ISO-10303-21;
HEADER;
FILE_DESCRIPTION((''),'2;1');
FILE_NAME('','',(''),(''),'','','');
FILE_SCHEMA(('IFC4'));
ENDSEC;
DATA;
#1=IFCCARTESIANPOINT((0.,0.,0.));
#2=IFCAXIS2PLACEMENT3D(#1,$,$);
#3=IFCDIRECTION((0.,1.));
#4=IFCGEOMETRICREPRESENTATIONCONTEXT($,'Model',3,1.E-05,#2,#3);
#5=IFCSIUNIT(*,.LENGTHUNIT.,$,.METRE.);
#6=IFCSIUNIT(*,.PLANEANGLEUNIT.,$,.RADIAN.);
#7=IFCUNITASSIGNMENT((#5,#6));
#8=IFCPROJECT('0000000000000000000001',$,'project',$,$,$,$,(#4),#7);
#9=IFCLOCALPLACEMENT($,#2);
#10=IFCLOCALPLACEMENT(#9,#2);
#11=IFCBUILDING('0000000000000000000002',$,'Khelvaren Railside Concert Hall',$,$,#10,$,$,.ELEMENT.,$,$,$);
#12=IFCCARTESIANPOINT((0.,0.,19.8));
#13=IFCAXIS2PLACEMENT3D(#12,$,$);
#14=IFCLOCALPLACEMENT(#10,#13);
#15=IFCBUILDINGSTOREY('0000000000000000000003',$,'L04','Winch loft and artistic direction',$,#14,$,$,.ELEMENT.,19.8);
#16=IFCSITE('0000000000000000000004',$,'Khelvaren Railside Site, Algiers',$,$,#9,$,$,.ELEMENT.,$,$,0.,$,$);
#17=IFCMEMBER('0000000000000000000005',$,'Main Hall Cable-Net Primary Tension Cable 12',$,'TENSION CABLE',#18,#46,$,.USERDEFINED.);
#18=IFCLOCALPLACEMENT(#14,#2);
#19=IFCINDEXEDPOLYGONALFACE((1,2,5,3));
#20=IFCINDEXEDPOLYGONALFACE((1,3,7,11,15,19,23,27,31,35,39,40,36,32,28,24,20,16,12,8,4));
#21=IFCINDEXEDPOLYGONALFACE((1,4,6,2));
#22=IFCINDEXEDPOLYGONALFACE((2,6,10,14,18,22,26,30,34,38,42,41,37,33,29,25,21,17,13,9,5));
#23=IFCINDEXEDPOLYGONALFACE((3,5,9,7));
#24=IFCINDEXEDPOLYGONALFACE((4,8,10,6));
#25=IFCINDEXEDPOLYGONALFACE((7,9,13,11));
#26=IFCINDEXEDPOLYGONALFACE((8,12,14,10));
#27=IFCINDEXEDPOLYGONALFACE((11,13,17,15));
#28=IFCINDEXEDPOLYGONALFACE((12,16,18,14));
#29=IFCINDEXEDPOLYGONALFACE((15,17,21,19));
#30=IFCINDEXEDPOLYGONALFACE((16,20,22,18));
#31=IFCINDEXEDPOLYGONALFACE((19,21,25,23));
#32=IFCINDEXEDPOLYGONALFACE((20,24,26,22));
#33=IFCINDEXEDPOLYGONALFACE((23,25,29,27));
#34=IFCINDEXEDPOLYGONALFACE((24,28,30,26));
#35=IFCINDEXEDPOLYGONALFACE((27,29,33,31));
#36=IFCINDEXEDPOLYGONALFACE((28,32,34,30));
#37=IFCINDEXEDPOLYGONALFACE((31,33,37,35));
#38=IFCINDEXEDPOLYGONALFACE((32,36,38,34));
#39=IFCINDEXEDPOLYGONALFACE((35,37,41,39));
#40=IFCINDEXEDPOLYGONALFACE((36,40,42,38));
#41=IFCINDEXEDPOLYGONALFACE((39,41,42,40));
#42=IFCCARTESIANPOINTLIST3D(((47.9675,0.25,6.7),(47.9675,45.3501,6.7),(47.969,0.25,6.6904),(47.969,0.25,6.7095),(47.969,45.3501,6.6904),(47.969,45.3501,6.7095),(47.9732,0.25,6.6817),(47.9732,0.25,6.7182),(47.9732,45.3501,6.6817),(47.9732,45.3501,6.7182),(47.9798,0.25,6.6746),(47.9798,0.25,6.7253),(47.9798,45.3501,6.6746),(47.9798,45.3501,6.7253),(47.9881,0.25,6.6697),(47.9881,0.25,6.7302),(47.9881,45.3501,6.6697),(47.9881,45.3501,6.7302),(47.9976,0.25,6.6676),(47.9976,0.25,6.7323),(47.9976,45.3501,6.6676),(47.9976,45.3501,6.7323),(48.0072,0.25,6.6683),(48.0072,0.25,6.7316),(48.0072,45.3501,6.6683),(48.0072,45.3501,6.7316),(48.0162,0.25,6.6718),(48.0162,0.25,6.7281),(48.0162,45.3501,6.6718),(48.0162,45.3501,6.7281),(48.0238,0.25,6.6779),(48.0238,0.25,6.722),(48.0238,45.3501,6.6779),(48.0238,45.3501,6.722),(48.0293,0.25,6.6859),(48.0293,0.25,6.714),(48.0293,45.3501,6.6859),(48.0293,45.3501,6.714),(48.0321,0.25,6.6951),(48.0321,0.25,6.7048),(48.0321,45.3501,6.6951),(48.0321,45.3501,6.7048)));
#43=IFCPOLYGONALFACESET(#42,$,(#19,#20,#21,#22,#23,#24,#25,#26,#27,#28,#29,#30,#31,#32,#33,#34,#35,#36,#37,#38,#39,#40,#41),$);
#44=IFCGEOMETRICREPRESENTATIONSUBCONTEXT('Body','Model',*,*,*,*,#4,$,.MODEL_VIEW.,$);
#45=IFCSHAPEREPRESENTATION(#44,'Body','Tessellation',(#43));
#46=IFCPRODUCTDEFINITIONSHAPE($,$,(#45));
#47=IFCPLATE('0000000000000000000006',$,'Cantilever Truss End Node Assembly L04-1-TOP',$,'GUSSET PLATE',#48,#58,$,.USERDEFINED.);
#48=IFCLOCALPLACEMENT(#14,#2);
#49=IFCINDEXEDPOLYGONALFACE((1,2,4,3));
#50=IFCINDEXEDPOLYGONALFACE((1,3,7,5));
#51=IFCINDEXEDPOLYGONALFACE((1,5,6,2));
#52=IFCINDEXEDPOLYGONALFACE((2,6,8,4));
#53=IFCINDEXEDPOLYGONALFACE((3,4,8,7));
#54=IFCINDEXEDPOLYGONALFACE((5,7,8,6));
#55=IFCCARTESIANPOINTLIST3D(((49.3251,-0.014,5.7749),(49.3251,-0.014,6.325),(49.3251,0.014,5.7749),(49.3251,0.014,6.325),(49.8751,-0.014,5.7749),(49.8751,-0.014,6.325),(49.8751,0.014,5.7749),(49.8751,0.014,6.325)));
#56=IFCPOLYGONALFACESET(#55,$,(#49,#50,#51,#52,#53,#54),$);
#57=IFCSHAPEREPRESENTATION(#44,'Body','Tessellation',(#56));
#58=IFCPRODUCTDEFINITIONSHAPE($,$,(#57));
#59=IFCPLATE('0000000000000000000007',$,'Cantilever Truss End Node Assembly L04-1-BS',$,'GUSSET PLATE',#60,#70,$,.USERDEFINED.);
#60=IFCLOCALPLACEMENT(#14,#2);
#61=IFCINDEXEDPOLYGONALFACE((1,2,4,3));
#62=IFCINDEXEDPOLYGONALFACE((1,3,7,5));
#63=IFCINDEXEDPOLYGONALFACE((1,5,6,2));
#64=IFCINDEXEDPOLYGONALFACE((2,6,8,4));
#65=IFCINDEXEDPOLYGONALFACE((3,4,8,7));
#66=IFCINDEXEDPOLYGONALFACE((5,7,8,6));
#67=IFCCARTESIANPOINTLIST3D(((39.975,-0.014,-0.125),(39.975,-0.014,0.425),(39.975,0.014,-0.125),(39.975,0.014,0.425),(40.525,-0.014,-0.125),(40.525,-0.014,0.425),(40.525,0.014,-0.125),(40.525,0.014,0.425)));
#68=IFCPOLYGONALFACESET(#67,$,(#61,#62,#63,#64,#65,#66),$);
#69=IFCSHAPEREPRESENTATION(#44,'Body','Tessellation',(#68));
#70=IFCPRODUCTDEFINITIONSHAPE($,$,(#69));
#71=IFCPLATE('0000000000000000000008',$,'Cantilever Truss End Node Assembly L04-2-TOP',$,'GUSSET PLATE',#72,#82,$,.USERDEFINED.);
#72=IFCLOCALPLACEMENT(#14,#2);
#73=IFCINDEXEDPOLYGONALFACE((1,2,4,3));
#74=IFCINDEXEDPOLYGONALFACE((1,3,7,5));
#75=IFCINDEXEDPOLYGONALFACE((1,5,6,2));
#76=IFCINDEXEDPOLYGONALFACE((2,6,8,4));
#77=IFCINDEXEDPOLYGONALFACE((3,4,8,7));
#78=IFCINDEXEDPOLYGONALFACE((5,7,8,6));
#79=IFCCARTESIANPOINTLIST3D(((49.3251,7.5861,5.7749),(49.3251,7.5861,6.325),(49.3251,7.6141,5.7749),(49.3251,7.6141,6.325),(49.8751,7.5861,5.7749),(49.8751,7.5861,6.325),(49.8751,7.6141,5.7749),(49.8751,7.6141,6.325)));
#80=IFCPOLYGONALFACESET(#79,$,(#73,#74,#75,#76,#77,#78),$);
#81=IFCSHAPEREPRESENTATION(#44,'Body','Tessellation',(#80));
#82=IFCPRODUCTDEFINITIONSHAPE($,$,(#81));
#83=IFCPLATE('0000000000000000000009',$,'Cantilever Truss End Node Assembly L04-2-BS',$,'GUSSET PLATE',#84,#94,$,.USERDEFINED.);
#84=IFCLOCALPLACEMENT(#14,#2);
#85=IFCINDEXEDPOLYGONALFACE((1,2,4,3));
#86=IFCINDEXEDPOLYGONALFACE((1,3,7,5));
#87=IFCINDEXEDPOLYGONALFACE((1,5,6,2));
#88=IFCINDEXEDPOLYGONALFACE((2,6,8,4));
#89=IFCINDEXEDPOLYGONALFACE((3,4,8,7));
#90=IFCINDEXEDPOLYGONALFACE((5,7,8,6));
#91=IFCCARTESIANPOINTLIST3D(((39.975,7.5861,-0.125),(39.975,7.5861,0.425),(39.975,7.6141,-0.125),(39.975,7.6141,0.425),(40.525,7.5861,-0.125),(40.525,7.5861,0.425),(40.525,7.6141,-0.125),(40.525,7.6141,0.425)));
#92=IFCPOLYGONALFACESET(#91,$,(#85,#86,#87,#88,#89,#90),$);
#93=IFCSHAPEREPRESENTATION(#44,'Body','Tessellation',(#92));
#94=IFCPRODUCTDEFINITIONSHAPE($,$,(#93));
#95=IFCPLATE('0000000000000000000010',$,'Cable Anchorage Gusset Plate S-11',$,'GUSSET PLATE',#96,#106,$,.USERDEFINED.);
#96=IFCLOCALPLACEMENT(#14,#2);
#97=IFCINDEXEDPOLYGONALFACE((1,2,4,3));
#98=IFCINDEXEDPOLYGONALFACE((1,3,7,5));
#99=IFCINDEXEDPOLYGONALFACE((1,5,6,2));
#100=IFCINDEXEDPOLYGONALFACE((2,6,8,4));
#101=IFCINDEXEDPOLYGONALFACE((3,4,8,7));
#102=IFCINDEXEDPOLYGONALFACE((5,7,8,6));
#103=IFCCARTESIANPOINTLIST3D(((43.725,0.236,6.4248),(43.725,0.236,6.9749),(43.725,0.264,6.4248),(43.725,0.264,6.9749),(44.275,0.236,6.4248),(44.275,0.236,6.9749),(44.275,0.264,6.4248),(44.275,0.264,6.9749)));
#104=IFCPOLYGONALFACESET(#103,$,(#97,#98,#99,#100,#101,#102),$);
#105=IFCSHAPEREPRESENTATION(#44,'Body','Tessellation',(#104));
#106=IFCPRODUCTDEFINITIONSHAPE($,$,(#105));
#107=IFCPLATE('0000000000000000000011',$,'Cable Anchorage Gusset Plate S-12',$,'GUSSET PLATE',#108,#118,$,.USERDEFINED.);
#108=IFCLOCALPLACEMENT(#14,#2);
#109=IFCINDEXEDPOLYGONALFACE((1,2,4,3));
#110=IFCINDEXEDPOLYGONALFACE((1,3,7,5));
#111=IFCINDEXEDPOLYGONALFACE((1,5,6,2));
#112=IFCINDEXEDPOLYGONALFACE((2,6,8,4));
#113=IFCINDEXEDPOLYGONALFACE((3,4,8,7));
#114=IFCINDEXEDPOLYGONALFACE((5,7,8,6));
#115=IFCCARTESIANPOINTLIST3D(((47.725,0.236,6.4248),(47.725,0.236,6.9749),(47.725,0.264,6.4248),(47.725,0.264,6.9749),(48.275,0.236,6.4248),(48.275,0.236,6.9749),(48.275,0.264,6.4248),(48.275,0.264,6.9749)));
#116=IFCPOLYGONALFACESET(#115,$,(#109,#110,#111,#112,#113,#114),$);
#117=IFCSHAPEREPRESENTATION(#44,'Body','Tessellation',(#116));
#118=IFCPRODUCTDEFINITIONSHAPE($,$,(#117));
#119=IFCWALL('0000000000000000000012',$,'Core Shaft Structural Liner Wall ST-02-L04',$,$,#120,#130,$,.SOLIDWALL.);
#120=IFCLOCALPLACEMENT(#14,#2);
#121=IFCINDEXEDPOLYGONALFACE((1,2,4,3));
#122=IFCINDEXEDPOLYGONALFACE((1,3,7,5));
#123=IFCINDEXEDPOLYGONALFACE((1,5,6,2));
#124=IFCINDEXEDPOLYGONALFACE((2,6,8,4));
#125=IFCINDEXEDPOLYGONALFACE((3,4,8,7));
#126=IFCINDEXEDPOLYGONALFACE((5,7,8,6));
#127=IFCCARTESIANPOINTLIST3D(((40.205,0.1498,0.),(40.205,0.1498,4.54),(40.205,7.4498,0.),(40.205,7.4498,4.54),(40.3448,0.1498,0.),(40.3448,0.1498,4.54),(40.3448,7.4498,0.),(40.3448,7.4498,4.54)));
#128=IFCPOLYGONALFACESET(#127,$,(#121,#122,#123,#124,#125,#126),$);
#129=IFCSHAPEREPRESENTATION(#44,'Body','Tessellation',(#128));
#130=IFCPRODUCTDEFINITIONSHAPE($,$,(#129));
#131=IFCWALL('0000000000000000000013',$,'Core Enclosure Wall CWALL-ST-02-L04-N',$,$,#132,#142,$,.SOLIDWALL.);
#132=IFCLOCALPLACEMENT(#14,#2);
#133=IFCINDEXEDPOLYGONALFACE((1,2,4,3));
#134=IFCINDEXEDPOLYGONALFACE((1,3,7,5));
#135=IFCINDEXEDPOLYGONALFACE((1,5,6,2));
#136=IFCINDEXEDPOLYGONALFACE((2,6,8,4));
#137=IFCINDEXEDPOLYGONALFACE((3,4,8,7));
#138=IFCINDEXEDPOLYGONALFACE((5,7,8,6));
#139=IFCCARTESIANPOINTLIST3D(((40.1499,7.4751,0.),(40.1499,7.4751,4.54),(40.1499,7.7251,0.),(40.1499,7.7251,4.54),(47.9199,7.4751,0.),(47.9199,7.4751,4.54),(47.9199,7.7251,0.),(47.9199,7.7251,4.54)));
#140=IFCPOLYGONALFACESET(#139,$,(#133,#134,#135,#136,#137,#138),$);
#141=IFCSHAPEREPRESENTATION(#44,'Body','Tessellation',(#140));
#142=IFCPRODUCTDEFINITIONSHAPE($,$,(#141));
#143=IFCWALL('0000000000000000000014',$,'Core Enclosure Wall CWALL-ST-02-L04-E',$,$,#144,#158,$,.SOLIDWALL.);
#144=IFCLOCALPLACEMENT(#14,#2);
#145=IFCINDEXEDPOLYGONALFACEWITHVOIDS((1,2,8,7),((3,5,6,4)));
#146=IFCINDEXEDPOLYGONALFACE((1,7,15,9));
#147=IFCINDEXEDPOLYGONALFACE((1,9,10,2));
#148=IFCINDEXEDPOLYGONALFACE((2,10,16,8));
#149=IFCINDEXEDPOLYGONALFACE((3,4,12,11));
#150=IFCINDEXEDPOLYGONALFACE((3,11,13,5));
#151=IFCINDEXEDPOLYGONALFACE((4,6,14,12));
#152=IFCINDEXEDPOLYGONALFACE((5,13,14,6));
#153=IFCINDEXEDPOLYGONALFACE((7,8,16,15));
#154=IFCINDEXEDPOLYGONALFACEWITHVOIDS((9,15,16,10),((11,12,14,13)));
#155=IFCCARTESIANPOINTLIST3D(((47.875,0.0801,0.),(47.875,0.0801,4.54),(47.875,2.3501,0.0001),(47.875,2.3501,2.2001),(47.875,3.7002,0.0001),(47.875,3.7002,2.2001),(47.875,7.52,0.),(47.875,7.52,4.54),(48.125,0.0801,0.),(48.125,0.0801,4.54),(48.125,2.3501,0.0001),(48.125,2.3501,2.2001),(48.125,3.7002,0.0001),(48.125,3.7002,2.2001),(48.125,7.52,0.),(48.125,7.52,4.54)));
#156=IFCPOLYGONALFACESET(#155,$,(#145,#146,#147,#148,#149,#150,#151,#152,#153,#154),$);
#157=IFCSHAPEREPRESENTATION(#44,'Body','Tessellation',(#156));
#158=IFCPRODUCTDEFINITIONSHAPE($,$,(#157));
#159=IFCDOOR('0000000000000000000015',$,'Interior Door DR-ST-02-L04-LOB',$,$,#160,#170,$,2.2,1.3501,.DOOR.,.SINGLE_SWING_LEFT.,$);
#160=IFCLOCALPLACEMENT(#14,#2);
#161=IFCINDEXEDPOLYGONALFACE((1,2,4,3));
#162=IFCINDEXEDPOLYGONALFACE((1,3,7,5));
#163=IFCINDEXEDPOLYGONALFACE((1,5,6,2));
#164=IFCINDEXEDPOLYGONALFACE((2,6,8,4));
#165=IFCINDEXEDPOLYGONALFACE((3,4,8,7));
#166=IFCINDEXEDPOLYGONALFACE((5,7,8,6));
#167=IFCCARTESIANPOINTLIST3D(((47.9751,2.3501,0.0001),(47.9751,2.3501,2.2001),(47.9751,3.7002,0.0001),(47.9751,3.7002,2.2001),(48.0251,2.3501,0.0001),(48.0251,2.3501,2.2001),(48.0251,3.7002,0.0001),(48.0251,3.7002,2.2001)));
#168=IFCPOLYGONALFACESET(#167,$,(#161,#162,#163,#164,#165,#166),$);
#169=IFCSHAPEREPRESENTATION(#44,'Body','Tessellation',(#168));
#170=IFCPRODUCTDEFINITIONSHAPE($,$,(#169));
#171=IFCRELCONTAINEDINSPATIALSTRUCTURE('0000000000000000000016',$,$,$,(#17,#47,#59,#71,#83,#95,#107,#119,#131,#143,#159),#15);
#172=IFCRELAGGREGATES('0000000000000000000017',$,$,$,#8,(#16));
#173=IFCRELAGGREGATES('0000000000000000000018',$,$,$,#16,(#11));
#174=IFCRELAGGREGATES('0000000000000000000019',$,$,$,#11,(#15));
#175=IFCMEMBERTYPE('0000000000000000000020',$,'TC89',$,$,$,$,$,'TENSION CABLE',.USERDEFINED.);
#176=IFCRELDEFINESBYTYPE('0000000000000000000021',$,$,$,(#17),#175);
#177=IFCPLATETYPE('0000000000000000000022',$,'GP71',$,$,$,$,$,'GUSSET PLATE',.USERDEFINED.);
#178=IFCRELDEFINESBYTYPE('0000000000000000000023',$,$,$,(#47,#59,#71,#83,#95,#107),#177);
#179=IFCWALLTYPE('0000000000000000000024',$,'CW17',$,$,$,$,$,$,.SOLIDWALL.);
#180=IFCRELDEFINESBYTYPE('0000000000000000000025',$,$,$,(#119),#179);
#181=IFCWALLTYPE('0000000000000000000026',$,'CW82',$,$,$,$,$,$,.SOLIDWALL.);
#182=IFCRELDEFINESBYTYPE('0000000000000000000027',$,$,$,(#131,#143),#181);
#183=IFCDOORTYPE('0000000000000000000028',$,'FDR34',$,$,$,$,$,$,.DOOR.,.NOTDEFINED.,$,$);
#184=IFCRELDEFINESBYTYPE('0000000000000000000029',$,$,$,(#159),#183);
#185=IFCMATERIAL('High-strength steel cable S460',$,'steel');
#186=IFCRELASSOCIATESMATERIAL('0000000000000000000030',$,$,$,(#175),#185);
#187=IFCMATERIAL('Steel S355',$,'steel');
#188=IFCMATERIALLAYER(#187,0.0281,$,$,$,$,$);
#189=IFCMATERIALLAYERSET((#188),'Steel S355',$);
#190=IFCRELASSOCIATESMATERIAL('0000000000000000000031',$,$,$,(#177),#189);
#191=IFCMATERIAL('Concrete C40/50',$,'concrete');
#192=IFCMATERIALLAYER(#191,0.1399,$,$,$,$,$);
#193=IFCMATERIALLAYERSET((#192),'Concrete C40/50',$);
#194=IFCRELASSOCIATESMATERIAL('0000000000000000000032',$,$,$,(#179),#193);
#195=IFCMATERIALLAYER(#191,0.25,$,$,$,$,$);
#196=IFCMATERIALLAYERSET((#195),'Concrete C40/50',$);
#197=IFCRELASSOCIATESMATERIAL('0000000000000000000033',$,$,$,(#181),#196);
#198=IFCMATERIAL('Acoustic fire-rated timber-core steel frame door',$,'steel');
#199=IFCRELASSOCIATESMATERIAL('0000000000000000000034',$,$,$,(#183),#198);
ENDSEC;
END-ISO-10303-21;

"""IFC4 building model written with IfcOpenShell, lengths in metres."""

from ifc_helpers import new_model, si_unit, direction, frame, frame_2d, origin, origin_2d, place, context, subcontext, project, spatial, rectangle, circle, extrude, material, layer, layer_set, material_profile, profile_set, type_object, element, fill, save


model = new_model("IFC4")

# Units and contexts
model_context = context("Model", 3, precision=1e-05, world=origin(), true_north=direction((0.0, 1.0)))
body_context = subcontext(model_context, "Body", "Model", "MODEL_VIEW")
ifc_project = project(units=[si_unit("LENGTHUNIT", "METRE"), si_unit("PLANEANGLEUNIT", "RADIAN")], contexts=[model_context])

# Site, building, storey
site_placement = place(None, origin())
site = spatial("IfcSite", under=ifc_project, at=site_placement, Name="Khelvaren Railside Site, Algiers", CompositionType="ELEMENT", RefElevation=0.0)
building_placement = place(site_placement, origin())
building = spatial("IfcBuilding", under=site, at=building_placement, Name="Khelvaren Railside Concert Hall", CompositionType="ELEMENT")
storey_placement = place(building_placement, frame((0.0, 0.0, 19.8)))
storey = spatial("IfcBuildingStorey", under=building, at=storey_placement, Name="L04", Description="Winch loft and artistic direction", CompositionType="ELEMENT", Elevation=19.8)

# Shared definitions
ifc_material_1 = material(Name="Steel S355", Category="steel")

# Shared definitions
ifc_material_2 = material(Name="Concrete C40/50", Category="concrete")

# Member
ifc_material_3 = material(Name="High-strength steel cable S460", Category="steel")
ifc_material_profile_1 = material_profile(ifc_material_3, circle(Radius=0.0325, at=origin_2d()), Name="LCB D65")
ifc_profile_set_1 = profile_set([ifc_material_profile_1], Name="High-strength steel cable S460")
member_type_1 = type_object("IfcMemberType", Name="TC89", ElementType="TENSION CABLE", PredefinedType="USERDEFINED", material=ifc_profile_set_1)
member_1_placement = place(storey_placement, frame((48.0, 0.25, 6.7), z_axis=(0.0, 1.0, 0.0), x_axis=(-1.0, 0.0, 0.0)))
element("IfcMember", 1, at=member_1_placement, inside=storey, type_object=member_type_1, Name="Main Hall Cable-Net Primary Tension Cable 12", ObjectType="TENSION CABLE", PredefinedType="USERDEFINED", context=body_context, shape_type="SweptSolid", body=[
    extrude(circle(Radius=0.0325, at=origin_2d()), origin(), (0.0, 0.0, 1.0), 45.1001),
])

# Plates
ifc_layer_1 = layer(ifc_material_1, 0.0281)
ifc_layer_set_1 = layer_set([ifc_layer_1], Name="Steel S355")
plate_type = type_object("IfcPlateType", Name="GP71", ElementType="GUSSET PLATE", PredefinedType="USERDEFINED", material=ifc_layer_set_1)
for number, where, z_axis, x_axis, name in (
    (2, (49.6001, 0.0, 5.7749), (0.0, 0.0, 1.0), (1.0, 0.0, 0.0), "Cantilever Truss End Node Assembly L04-1-TOP"),
    (3, (40.25, 0.0, -0.125), (0.0, 0.0, 1.0), (1.0, 0.0, 0.0), "Cantilever Truss End Node Assembly L04-1-BS"),
    (4, (49.6001, 7.6001, 5.7749), (0.0, 0.0, 1.0), (1.0, 0.0, 0.0), "Cantilever Truss End Node Assembly L04-2-TOP"),
    (5, (40.25, 7.6001, -0.125), (0.0, 0.0, 1.0), (1.0, 0.0, 0.0), "Cantilever Truss End Node Assembly L04-2-BS"),
    (6, (44.0, 0.25, 6.4248), (0.0, 0.0, 1.0), (1.0, 0.0, 0.0), "Cable Anchorage Gusset Plate S-11"),
    (7, (48.0, 0.25, 6.4248), (0.0, 0.0, 1.0), (1.0, 0.0, 0.0), "Cable Anchorage Gusset Plate S-12"),
):
    element("IfcPlate", number, at=place(storey_placement, frame(where, z_axis=z_axis, x_axis=x_axis)), inside=storey, type_object=plate_type, Name=name, ObjectType="GUSSET PLATE", PredefinedType="USERDEFINED", context=body_context, shape_type="SweptSolid", body=[
        extrude(rectangle(XDim=0.55, YDim=0.0281, at=origin_2d()), origin(), (0.0, 0.0, 1.0), 0.55),
    ])

# Walls
ifc_layer_2 = layer(ifc_material_2, 0.1399)
ifc_layer_set_2 = layer_set([ifc_layer_2], Name="Concrete C40/50")
wall_type_1 = type_object("IfcWallType", Name="CW17", PredefinedType="SOLIDWALL", material=ifc_layer_set_2)
wall_1_placement = place(storey_placement, frame((40.2749, 0.1499, 0.0), z_axis=(0.0, 0.0, 1.0), x_axis=(0.0, 1.0, 0.0)))
element("IfcWall", 8, at=wall_1_placement, inside=storey, type_object=wall_type_1, Name="Core Shaft Structural Liner Wall ST-02-L04", PredefinedType="SOLIDWALL", context=body_context, shape_type="SweptSolid", body=[
    extrude(rectangle(XDim=7.3, YDim=0.1399, at=frame_2d((3.6499, 0.0))), origin(), (0.0, 0.0, 1.0), 4.54),
])
ifc_layer_3 = layer(ifc_material_2, 0.25)
ifc_layer_set_3 = layer_set([ifc_layer_3], Name="Concrete C40/50")
wall_type_2 = type_object("IfcWallType", Name="CW82", PredefinedType="SOLIDWALL", material=ifc_layer_set_3)
wall_2_placement = place(storey_placement, frame((40.1499, 7.6001, 0.0), z_axis=(0.0, 0.0, 1.0), x_axis=(1.0, 0.0, 0.0)))
element("IfcWall", 9, at=wall_2_placement, inside=storey, type_object=wall_type_2, Name="Core Enclosure Wall CWALL-ST-02-L04-N", PredefinedType="SOLIDWALL", context=body_context, shape_type="SweptSolid", body=[
    extrude(rectangle(XDim=7.77, YDim=0.25, at=frame_2d((3.885, 0.0))), origin(), (0.0, 0.0, 1.0), 4.54),
])

# Wall, opening, door
wall_3_placement = place(storey_placement, frame((48.0, 0.0801, 0.0), z_axis=(0.0, 0.0, 1.0), x_axis=(0.0, 1.0, 0.0)))
wall_3 = element("IfcWall", 10, at=wall_3_placement, inside=storey, type_object=wall_type_2, Name="Core Enclosure Wall CWALL-ST-02-L04-E", PredefinedType="SOLIDWALL", context=body_context, shape_type="SweptSolid", body=[
    extrude(rectangle(XDim=7.4399, YDim=0.25, at=frame_2d((3.72, 0.0))), origin(), (0.0, 0.0, 1.0), 4.54),
])
opening_1_placement = place(wall_3_placement, frame((2.27, 0.0, 0.0)))
opening_1 = element("IfcOpeningElement", 11, at=opening_1_placement, cuts=wall_3, PredefinedType="OPENING", context=body_context, shape_type="SweptSolid", body=[
    extrude(rectangle(XDim=1.3501, YDim=2.2, at=frame_2d((0.675, 1.1001))), frame((0.0, 0.135, 0.0), z_axis=(0.0, -1.0, 0.0), x_axis=(1.0, 0.0, 0.0)), (0.0, 0.0, 1.0), 0.27),
])
ifc_material_4 = material(Name="Acoustic fire-rated timber-core steel frame door", Category="steel")
door_type_1 = type_object("IfcDoorType", Name="FDR34", OperationType="NOTDEFINED", PredefinedType="DOOR", material=ifc_material_4)
door_1_placement = place(opening_1_placement, origin())
door_1 = element("IfcDoor", 12, at=door_1_placement, inside=storey, type_object=door_type_1, Name="Interior Door DR-ST-02-L04-LOB", OperationType="SINGLE_SWING_LEFT", OverallHeight=2.2, OverallWidth=1.3501, PredefinedType="DOOR", context=body_context, shape_type="SweptSolid", body=[
    extrude(rectangle(XDim=1.3501, YDim=2.2, at=frame_2d((0.675, 1.1001))), frame((0.0, 0.0249, 0.0), z_axis=(0.0, -1.0, 0.0), x_axis=(1.0, 0.0, 0.0)), (0.0, 0.0, 1.0), 0.05),
])
fill(opening_1, door_1)

save(model, "model.ifc")
